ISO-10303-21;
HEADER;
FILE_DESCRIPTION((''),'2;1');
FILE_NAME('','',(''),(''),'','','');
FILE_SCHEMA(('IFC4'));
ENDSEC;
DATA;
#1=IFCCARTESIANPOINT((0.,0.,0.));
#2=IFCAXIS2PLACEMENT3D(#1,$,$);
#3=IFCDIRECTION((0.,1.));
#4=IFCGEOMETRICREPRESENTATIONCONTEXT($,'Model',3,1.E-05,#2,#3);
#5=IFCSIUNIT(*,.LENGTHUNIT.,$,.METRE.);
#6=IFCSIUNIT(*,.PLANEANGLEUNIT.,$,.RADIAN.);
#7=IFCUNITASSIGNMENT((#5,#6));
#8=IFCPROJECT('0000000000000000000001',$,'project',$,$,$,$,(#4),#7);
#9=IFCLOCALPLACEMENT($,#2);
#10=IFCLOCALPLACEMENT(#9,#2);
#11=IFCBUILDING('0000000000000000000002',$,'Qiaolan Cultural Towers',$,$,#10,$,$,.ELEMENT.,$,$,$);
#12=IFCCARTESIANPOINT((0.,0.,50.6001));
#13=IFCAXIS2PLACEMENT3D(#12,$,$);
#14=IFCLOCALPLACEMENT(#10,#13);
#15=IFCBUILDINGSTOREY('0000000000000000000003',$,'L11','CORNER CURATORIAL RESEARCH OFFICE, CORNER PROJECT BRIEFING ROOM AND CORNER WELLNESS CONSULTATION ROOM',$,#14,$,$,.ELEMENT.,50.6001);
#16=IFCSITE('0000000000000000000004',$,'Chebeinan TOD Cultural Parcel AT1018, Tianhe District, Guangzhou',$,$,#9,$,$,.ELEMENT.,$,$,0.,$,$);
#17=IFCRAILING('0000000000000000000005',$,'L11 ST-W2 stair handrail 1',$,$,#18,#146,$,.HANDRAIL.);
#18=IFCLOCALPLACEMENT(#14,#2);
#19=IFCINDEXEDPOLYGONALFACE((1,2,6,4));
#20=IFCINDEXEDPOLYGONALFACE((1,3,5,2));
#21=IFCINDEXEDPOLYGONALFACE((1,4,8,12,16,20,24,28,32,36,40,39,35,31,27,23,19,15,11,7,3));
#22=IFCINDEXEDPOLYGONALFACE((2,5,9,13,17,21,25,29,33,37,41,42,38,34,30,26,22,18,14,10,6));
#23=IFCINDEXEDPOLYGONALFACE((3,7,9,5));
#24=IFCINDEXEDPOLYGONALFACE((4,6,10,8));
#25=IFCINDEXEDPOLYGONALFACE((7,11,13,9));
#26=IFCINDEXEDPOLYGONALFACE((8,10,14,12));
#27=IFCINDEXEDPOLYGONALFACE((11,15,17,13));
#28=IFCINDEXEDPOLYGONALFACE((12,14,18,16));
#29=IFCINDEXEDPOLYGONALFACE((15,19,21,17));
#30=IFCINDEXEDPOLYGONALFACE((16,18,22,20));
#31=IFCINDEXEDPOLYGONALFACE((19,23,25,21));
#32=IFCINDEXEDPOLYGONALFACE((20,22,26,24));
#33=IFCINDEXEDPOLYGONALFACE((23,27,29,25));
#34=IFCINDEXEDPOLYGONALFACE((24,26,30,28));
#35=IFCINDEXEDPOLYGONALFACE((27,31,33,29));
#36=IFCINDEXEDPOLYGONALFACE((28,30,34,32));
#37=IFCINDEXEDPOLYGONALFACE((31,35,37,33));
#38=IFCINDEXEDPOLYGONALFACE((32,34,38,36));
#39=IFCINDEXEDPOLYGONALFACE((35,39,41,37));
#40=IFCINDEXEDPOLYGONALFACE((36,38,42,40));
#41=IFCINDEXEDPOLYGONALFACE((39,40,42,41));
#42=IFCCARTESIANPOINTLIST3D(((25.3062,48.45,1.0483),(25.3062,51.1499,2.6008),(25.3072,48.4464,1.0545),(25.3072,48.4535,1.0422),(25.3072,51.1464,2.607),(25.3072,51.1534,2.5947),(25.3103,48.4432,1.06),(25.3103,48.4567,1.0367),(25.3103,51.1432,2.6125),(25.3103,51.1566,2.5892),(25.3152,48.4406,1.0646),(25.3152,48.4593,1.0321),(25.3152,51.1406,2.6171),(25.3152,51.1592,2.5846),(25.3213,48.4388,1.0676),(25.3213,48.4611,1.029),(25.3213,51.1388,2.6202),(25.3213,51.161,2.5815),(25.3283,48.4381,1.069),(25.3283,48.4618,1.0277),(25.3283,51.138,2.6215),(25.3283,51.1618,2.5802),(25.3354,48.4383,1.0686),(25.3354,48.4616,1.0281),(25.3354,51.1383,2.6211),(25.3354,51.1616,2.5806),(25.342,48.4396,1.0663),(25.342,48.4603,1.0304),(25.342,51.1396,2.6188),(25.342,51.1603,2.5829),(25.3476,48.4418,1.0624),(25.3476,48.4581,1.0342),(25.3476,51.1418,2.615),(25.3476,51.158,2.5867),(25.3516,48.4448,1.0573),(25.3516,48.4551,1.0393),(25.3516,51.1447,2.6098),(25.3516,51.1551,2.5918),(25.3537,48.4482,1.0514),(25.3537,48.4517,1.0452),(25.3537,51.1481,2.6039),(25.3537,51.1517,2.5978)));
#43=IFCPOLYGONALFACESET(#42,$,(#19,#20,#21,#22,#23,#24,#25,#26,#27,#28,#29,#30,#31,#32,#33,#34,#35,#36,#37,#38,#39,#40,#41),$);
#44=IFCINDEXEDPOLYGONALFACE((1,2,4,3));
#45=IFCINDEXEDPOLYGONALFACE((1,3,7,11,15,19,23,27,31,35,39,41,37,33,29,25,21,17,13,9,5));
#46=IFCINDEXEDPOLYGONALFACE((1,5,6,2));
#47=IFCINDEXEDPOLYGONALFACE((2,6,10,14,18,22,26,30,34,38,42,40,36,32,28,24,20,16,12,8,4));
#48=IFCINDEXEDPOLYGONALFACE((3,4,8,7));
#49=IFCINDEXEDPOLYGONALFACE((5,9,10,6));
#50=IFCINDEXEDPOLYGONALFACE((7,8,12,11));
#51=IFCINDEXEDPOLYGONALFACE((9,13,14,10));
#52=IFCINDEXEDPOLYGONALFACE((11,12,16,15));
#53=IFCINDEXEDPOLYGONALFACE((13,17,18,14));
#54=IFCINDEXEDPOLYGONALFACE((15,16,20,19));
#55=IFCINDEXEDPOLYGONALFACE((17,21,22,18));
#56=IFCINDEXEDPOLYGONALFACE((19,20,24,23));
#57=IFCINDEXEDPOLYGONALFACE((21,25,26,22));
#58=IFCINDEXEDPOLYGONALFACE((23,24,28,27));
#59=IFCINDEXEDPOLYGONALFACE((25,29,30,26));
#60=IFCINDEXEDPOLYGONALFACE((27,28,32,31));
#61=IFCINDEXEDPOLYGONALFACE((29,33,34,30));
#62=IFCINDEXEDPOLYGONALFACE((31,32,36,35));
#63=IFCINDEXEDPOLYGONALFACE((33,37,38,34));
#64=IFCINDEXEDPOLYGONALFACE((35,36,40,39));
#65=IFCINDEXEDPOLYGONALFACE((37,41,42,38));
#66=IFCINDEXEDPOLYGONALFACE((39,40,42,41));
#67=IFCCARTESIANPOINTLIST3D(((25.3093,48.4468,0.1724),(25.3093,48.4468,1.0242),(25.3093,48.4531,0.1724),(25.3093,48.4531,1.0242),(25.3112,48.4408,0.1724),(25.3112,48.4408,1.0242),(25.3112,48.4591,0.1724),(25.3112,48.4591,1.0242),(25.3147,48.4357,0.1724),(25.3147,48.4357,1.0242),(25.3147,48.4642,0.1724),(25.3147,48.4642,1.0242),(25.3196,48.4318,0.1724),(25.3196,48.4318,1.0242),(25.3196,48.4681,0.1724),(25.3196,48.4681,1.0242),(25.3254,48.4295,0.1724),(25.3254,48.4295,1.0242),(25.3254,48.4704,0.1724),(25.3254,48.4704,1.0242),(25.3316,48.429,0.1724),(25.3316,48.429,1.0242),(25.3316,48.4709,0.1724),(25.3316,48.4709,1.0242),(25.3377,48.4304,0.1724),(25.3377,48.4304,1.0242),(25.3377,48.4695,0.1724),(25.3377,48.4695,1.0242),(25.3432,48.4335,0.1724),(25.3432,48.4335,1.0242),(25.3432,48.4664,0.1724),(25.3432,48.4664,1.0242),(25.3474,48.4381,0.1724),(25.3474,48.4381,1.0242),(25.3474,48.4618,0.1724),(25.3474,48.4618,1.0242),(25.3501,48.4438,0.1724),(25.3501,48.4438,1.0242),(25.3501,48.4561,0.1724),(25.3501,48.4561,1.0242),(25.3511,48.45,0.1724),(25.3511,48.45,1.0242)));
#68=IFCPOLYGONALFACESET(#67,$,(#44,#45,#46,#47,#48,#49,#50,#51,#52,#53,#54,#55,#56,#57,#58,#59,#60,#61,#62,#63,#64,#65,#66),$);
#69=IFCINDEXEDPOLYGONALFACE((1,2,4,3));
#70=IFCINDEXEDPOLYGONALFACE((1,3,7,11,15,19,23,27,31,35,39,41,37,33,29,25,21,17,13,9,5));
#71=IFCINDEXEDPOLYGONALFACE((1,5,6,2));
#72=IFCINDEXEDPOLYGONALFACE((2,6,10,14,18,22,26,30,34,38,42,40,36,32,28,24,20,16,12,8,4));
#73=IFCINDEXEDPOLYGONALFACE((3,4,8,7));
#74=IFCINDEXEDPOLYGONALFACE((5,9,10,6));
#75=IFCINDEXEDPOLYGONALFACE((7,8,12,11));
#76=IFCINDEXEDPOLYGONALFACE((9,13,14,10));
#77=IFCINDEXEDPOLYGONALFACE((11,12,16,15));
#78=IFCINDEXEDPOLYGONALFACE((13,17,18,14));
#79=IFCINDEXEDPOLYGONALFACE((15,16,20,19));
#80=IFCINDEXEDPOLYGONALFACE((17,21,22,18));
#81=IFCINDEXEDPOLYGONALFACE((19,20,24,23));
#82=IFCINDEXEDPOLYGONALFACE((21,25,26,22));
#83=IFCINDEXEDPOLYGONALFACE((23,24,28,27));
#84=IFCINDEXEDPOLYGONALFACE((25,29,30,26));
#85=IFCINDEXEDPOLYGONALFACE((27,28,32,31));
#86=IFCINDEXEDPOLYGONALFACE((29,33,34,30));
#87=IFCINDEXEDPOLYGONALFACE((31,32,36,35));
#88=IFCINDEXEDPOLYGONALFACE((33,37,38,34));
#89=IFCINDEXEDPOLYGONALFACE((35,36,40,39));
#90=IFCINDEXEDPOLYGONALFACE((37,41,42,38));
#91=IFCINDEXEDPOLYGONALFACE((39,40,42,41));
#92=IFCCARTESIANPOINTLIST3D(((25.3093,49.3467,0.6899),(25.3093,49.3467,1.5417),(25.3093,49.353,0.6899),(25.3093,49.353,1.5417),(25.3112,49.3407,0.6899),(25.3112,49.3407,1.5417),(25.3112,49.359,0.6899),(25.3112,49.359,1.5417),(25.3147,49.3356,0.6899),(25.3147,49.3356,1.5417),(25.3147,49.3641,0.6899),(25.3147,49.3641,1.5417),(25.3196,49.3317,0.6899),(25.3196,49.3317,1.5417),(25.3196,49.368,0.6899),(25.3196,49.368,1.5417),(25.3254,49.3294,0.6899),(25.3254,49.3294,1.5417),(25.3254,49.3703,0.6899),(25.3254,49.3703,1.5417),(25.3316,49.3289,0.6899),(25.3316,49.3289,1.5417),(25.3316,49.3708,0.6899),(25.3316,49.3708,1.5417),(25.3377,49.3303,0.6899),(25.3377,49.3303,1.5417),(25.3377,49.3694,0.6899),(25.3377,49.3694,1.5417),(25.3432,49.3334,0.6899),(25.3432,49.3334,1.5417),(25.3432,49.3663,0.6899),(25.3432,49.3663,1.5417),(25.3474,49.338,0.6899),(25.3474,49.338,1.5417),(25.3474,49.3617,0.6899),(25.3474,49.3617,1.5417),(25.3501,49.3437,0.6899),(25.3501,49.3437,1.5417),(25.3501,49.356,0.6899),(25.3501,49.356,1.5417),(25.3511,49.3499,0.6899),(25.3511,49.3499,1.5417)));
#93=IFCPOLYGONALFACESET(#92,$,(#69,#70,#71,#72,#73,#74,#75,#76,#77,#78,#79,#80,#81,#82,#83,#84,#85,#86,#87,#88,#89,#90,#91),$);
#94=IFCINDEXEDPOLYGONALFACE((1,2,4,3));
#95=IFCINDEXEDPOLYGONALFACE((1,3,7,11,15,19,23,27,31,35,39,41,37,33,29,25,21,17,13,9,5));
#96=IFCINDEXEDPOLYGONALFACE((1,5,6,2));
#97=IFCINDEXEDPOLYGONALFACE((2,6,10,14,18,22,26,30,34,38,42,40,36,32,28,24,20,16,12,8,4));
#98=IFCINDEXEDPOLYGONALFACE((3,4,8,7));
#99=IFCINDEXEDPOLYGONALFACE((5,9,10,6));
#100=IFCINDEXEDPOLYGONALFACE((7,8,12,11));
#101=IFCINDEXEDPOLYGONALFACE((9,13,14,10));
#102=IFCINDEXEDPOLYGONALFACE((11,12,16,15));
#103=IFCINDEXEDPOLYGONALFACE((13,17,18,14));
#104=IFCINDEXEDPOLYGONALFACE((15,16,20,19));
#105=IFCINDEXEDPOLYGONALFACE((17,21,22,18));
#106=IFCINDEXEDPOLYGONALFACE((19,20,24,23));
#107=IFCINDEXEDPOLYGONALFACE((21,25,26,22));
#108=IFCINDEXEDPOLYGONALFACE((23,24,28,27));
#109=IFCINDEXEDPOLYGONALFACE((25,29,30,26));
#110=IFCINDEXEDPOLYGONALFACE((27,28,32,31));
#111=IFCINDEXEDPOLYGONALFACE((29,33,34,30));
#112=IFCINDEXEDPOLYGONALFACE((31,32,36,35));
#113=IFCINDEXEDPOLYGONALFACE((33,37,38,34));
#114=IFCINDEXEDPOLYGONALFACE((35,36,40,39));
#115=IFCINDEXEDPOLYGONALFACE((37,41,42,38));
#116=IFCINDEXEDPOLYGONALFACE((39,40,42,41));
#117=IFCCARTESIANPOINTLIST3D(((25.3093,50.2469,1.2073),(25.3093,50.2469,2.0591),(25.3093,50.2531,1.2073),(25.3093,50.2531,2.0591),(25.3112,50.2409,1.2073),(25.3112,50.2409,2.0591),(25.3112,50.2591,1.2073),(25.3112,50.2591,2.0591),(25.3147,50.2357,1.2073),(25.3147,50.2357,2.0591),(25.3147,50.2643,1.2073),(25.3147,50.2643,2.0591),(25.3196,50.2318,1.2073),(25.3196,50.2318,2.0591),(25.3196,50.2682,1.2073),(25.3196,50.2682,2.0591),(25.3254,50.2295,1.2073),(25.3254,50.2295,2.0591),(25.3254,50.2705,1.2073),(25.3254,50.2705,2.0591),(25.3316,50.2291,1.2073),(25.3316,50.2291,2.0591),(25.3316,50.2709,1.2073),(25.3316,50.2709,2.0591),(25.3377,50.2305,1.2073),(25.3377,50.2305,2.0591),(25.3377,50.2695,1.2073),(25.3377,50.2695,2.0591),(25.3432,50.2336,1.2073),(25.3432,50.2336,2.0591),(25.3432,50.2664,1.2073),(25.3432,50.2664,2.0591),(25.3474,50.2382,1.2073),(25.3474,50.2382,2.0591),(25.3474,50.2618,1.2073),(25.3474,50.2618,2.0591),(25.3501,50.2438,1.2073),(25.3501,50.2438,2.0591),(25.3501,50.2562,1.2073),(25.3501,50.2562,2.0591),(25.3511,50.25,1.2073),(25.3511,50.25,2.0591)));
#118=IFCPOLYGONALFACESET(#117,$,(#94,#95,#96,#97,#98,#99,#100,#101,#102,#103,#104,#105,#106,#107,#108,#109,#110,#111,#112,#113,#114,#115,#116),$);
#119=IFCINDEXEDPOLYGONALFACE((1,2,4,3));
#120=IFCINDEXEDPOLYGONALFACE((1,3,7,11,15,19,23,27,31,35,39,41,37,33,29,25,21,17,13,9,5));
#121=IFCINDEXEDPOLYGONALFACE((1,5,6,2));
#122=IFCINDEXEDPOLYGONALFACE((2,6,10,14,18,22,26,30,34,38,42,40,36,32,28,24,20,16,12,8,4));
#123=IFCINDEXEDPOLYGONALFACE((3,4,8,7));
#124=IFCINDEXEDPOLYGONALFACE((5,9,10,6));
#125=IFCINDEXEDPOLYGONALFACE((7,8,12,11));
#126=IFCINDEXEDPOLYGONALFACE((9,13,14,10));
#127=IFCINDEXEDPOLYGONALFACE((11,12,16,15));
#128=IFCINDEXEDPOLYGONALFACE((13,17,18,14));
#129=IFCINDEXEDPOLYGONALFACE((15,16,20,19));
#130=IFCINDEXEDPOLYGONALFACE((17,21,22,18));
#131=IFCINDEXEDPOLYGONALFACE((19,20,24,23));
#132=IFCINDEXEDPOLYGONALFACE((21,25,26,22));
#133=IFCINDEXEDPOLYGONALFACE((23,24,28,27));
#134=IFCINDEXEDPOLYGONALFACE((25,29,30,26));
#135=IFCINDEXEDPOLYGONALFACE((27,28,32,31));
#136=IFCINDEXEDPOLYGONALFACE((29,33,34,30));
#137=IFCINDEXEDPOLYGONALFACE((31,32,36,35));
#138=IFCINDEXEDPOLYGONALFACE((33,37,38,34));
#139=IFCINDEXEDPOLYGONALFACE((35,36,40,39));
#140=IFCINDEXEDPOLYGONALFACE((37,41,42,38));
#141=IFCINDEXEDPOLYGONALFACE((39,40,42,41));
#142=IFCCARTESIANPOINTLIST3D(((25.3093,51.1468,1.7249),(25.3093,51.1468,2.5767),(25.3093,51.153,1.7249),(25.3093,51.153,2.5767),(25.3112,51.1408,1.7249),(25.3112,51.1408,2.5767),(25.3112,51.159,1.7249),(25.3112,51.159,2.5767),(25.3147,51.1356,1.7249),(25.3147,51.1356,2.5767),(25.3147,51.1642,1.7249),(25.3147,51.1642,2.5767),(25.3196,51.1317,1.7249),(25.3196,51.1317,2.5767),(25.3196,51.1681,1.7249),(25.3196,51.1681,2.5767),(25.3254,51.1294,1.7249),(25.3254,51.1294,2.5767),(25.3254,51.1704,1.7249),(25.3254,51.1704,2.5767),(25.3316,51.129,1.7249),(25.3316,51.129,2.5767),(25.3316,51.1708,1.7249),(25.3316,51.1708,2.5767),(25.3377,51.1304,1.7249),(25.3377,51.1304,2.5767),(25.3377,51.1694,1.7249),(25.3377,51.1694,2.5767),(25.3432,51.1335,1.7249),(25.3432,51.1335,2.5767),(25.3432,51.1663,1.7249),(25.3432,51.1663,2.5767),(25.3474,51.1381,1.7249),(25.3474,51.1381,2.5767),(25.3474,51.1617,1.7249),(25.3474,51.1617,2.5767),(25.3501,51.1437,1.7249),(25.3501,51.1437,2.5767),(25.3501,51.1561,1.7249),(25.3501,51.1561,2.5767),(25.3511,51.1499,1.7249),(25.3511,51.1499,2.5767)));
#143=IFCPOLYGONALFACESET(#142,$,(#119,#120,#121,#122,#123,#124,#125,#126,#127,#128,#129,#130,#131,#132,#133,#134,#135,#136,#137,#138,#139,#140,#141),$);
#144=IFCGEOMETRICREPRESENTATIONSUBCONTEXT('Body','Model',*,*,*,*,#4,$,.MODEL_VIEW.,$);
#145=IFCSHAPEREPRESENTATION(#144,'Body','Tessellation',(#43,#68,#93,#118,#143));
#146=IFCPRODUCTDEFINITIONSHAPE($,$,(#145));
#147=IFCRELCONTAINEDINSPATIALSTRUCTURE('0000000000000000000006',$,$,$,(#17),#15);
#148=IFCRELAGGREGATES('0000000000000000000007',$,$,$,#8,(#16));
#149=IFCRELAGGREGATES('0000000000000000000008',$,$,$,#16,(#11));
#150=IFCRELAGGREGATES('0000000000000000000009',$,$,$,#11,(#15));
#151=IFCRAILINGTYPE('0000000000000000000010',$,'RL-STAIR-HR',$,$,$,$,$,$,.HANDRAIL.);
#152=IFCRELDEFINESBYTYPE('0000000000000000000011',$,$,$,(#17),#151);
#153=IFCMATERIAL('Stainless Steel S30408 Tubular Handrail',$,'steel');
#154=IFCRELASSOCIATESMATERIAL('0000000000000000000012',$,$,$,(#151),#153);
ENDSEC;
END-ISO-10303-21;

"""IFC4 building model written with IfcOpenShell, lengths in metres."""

from ifc_helpers import new_model, si_unit, direction, frame, origin, origin_2d, place, context, subcontext, project, spatial, circle, extrude, material, type_object, element, save


model = new_model("IFC4")

# Units and contexts
model_context = context("Model", 3, precision=1e-05, world=origin(), true_north=direction((0.0, 1.0)))
body_context = subcontext(model_context, "Body", "Model", "MODEL_VIEW")
ifc_project = project(units=[si_unit("LENGTHUNIT", "METRE"), si_unit("PLANEANGLEUNIT", "RADIAN")], contexts=[model_context])

# Site, building, storey
site_placement = place(None, origin())
site = spatial("IfcSite", under=ifc_project, at=site_placement, Name="Chebeinan TOD Cultural Parcel AT1018, Tianhe District, Guangzhou", CompositionType="ELEMENT", RefElevation=0.0)
building_placement = place(site_placement, origin())
building = spatial("IfcBuilding", under=site, at=building_placement, Name="Qiaolan Cultural Towers", CompositionType="ELEMENT")
storey_placement = place(building_placement, frame((0.0, 0.0, 50.6001)))
storey = spatial("IfcBuildingStorey", under=building, at=storey_placement, Name="L11", Description="CORNER CURATORIAL RESEARCH OFFICE, CORNER PROJECT BRIEFING ROOM AND CORNER WELLNESS CONSULTATION ROOM", CompositionType="ELEMENT", Elevation=50.6001)

# Railing
ifc_material_1 = material(Name="Stainless Steel S30408 Tubular Handrail", Category="steel")
railing_type = type_object("IfcRailingType", Name="RL-STAIR-HR", PredefinedType="HANDRAIL", material=ifc_material_1)
railing_placement = place(storey_placement, frame((25.3301, 48.45, 0.1724)))
element("IfcRailing", 1, at=railing_placement, inside=storey, type_object=railing_type, Name="L11 ST-W2 stair handrail 1", PredefinedType="HANDRAIL", context=body_context, shape_type="SweptSolid", body=[
    extrude(circle(Radius=0.0239, at=origin_2d()), frame((0.0, 0.0, 0.876), z_axis=(0.0, 0.866904, 0.498476), x_axis=(-1.0, 0.0, 0.0)), (0.0, 0.0, 1.0), 3.1145),
    extrude(circle(Radius=0.021, at=origin_2d()), origin(), (0.0, 0.0, 1.0), 0.8518),
    extrude(circle(Radius=0.021, at=origin_2d()), frame((0.0, 0.8999, 0.5176)), (0.0, 0.0, 1.0), 0.8518),
    extrude(circle(Radius=0.021, at=origin_2d()), frame((0.0, 1.8, 1.0349)), (0.0, 0.0, 1.0), 0.8518),
    extrude(circle(Radius=0.021, at=origin_2d()), frame((0.0, 2.7, 1.5525)), (0.0, 0.0, 1.0), 0.8518),
])

save(model, "model.ifc")
